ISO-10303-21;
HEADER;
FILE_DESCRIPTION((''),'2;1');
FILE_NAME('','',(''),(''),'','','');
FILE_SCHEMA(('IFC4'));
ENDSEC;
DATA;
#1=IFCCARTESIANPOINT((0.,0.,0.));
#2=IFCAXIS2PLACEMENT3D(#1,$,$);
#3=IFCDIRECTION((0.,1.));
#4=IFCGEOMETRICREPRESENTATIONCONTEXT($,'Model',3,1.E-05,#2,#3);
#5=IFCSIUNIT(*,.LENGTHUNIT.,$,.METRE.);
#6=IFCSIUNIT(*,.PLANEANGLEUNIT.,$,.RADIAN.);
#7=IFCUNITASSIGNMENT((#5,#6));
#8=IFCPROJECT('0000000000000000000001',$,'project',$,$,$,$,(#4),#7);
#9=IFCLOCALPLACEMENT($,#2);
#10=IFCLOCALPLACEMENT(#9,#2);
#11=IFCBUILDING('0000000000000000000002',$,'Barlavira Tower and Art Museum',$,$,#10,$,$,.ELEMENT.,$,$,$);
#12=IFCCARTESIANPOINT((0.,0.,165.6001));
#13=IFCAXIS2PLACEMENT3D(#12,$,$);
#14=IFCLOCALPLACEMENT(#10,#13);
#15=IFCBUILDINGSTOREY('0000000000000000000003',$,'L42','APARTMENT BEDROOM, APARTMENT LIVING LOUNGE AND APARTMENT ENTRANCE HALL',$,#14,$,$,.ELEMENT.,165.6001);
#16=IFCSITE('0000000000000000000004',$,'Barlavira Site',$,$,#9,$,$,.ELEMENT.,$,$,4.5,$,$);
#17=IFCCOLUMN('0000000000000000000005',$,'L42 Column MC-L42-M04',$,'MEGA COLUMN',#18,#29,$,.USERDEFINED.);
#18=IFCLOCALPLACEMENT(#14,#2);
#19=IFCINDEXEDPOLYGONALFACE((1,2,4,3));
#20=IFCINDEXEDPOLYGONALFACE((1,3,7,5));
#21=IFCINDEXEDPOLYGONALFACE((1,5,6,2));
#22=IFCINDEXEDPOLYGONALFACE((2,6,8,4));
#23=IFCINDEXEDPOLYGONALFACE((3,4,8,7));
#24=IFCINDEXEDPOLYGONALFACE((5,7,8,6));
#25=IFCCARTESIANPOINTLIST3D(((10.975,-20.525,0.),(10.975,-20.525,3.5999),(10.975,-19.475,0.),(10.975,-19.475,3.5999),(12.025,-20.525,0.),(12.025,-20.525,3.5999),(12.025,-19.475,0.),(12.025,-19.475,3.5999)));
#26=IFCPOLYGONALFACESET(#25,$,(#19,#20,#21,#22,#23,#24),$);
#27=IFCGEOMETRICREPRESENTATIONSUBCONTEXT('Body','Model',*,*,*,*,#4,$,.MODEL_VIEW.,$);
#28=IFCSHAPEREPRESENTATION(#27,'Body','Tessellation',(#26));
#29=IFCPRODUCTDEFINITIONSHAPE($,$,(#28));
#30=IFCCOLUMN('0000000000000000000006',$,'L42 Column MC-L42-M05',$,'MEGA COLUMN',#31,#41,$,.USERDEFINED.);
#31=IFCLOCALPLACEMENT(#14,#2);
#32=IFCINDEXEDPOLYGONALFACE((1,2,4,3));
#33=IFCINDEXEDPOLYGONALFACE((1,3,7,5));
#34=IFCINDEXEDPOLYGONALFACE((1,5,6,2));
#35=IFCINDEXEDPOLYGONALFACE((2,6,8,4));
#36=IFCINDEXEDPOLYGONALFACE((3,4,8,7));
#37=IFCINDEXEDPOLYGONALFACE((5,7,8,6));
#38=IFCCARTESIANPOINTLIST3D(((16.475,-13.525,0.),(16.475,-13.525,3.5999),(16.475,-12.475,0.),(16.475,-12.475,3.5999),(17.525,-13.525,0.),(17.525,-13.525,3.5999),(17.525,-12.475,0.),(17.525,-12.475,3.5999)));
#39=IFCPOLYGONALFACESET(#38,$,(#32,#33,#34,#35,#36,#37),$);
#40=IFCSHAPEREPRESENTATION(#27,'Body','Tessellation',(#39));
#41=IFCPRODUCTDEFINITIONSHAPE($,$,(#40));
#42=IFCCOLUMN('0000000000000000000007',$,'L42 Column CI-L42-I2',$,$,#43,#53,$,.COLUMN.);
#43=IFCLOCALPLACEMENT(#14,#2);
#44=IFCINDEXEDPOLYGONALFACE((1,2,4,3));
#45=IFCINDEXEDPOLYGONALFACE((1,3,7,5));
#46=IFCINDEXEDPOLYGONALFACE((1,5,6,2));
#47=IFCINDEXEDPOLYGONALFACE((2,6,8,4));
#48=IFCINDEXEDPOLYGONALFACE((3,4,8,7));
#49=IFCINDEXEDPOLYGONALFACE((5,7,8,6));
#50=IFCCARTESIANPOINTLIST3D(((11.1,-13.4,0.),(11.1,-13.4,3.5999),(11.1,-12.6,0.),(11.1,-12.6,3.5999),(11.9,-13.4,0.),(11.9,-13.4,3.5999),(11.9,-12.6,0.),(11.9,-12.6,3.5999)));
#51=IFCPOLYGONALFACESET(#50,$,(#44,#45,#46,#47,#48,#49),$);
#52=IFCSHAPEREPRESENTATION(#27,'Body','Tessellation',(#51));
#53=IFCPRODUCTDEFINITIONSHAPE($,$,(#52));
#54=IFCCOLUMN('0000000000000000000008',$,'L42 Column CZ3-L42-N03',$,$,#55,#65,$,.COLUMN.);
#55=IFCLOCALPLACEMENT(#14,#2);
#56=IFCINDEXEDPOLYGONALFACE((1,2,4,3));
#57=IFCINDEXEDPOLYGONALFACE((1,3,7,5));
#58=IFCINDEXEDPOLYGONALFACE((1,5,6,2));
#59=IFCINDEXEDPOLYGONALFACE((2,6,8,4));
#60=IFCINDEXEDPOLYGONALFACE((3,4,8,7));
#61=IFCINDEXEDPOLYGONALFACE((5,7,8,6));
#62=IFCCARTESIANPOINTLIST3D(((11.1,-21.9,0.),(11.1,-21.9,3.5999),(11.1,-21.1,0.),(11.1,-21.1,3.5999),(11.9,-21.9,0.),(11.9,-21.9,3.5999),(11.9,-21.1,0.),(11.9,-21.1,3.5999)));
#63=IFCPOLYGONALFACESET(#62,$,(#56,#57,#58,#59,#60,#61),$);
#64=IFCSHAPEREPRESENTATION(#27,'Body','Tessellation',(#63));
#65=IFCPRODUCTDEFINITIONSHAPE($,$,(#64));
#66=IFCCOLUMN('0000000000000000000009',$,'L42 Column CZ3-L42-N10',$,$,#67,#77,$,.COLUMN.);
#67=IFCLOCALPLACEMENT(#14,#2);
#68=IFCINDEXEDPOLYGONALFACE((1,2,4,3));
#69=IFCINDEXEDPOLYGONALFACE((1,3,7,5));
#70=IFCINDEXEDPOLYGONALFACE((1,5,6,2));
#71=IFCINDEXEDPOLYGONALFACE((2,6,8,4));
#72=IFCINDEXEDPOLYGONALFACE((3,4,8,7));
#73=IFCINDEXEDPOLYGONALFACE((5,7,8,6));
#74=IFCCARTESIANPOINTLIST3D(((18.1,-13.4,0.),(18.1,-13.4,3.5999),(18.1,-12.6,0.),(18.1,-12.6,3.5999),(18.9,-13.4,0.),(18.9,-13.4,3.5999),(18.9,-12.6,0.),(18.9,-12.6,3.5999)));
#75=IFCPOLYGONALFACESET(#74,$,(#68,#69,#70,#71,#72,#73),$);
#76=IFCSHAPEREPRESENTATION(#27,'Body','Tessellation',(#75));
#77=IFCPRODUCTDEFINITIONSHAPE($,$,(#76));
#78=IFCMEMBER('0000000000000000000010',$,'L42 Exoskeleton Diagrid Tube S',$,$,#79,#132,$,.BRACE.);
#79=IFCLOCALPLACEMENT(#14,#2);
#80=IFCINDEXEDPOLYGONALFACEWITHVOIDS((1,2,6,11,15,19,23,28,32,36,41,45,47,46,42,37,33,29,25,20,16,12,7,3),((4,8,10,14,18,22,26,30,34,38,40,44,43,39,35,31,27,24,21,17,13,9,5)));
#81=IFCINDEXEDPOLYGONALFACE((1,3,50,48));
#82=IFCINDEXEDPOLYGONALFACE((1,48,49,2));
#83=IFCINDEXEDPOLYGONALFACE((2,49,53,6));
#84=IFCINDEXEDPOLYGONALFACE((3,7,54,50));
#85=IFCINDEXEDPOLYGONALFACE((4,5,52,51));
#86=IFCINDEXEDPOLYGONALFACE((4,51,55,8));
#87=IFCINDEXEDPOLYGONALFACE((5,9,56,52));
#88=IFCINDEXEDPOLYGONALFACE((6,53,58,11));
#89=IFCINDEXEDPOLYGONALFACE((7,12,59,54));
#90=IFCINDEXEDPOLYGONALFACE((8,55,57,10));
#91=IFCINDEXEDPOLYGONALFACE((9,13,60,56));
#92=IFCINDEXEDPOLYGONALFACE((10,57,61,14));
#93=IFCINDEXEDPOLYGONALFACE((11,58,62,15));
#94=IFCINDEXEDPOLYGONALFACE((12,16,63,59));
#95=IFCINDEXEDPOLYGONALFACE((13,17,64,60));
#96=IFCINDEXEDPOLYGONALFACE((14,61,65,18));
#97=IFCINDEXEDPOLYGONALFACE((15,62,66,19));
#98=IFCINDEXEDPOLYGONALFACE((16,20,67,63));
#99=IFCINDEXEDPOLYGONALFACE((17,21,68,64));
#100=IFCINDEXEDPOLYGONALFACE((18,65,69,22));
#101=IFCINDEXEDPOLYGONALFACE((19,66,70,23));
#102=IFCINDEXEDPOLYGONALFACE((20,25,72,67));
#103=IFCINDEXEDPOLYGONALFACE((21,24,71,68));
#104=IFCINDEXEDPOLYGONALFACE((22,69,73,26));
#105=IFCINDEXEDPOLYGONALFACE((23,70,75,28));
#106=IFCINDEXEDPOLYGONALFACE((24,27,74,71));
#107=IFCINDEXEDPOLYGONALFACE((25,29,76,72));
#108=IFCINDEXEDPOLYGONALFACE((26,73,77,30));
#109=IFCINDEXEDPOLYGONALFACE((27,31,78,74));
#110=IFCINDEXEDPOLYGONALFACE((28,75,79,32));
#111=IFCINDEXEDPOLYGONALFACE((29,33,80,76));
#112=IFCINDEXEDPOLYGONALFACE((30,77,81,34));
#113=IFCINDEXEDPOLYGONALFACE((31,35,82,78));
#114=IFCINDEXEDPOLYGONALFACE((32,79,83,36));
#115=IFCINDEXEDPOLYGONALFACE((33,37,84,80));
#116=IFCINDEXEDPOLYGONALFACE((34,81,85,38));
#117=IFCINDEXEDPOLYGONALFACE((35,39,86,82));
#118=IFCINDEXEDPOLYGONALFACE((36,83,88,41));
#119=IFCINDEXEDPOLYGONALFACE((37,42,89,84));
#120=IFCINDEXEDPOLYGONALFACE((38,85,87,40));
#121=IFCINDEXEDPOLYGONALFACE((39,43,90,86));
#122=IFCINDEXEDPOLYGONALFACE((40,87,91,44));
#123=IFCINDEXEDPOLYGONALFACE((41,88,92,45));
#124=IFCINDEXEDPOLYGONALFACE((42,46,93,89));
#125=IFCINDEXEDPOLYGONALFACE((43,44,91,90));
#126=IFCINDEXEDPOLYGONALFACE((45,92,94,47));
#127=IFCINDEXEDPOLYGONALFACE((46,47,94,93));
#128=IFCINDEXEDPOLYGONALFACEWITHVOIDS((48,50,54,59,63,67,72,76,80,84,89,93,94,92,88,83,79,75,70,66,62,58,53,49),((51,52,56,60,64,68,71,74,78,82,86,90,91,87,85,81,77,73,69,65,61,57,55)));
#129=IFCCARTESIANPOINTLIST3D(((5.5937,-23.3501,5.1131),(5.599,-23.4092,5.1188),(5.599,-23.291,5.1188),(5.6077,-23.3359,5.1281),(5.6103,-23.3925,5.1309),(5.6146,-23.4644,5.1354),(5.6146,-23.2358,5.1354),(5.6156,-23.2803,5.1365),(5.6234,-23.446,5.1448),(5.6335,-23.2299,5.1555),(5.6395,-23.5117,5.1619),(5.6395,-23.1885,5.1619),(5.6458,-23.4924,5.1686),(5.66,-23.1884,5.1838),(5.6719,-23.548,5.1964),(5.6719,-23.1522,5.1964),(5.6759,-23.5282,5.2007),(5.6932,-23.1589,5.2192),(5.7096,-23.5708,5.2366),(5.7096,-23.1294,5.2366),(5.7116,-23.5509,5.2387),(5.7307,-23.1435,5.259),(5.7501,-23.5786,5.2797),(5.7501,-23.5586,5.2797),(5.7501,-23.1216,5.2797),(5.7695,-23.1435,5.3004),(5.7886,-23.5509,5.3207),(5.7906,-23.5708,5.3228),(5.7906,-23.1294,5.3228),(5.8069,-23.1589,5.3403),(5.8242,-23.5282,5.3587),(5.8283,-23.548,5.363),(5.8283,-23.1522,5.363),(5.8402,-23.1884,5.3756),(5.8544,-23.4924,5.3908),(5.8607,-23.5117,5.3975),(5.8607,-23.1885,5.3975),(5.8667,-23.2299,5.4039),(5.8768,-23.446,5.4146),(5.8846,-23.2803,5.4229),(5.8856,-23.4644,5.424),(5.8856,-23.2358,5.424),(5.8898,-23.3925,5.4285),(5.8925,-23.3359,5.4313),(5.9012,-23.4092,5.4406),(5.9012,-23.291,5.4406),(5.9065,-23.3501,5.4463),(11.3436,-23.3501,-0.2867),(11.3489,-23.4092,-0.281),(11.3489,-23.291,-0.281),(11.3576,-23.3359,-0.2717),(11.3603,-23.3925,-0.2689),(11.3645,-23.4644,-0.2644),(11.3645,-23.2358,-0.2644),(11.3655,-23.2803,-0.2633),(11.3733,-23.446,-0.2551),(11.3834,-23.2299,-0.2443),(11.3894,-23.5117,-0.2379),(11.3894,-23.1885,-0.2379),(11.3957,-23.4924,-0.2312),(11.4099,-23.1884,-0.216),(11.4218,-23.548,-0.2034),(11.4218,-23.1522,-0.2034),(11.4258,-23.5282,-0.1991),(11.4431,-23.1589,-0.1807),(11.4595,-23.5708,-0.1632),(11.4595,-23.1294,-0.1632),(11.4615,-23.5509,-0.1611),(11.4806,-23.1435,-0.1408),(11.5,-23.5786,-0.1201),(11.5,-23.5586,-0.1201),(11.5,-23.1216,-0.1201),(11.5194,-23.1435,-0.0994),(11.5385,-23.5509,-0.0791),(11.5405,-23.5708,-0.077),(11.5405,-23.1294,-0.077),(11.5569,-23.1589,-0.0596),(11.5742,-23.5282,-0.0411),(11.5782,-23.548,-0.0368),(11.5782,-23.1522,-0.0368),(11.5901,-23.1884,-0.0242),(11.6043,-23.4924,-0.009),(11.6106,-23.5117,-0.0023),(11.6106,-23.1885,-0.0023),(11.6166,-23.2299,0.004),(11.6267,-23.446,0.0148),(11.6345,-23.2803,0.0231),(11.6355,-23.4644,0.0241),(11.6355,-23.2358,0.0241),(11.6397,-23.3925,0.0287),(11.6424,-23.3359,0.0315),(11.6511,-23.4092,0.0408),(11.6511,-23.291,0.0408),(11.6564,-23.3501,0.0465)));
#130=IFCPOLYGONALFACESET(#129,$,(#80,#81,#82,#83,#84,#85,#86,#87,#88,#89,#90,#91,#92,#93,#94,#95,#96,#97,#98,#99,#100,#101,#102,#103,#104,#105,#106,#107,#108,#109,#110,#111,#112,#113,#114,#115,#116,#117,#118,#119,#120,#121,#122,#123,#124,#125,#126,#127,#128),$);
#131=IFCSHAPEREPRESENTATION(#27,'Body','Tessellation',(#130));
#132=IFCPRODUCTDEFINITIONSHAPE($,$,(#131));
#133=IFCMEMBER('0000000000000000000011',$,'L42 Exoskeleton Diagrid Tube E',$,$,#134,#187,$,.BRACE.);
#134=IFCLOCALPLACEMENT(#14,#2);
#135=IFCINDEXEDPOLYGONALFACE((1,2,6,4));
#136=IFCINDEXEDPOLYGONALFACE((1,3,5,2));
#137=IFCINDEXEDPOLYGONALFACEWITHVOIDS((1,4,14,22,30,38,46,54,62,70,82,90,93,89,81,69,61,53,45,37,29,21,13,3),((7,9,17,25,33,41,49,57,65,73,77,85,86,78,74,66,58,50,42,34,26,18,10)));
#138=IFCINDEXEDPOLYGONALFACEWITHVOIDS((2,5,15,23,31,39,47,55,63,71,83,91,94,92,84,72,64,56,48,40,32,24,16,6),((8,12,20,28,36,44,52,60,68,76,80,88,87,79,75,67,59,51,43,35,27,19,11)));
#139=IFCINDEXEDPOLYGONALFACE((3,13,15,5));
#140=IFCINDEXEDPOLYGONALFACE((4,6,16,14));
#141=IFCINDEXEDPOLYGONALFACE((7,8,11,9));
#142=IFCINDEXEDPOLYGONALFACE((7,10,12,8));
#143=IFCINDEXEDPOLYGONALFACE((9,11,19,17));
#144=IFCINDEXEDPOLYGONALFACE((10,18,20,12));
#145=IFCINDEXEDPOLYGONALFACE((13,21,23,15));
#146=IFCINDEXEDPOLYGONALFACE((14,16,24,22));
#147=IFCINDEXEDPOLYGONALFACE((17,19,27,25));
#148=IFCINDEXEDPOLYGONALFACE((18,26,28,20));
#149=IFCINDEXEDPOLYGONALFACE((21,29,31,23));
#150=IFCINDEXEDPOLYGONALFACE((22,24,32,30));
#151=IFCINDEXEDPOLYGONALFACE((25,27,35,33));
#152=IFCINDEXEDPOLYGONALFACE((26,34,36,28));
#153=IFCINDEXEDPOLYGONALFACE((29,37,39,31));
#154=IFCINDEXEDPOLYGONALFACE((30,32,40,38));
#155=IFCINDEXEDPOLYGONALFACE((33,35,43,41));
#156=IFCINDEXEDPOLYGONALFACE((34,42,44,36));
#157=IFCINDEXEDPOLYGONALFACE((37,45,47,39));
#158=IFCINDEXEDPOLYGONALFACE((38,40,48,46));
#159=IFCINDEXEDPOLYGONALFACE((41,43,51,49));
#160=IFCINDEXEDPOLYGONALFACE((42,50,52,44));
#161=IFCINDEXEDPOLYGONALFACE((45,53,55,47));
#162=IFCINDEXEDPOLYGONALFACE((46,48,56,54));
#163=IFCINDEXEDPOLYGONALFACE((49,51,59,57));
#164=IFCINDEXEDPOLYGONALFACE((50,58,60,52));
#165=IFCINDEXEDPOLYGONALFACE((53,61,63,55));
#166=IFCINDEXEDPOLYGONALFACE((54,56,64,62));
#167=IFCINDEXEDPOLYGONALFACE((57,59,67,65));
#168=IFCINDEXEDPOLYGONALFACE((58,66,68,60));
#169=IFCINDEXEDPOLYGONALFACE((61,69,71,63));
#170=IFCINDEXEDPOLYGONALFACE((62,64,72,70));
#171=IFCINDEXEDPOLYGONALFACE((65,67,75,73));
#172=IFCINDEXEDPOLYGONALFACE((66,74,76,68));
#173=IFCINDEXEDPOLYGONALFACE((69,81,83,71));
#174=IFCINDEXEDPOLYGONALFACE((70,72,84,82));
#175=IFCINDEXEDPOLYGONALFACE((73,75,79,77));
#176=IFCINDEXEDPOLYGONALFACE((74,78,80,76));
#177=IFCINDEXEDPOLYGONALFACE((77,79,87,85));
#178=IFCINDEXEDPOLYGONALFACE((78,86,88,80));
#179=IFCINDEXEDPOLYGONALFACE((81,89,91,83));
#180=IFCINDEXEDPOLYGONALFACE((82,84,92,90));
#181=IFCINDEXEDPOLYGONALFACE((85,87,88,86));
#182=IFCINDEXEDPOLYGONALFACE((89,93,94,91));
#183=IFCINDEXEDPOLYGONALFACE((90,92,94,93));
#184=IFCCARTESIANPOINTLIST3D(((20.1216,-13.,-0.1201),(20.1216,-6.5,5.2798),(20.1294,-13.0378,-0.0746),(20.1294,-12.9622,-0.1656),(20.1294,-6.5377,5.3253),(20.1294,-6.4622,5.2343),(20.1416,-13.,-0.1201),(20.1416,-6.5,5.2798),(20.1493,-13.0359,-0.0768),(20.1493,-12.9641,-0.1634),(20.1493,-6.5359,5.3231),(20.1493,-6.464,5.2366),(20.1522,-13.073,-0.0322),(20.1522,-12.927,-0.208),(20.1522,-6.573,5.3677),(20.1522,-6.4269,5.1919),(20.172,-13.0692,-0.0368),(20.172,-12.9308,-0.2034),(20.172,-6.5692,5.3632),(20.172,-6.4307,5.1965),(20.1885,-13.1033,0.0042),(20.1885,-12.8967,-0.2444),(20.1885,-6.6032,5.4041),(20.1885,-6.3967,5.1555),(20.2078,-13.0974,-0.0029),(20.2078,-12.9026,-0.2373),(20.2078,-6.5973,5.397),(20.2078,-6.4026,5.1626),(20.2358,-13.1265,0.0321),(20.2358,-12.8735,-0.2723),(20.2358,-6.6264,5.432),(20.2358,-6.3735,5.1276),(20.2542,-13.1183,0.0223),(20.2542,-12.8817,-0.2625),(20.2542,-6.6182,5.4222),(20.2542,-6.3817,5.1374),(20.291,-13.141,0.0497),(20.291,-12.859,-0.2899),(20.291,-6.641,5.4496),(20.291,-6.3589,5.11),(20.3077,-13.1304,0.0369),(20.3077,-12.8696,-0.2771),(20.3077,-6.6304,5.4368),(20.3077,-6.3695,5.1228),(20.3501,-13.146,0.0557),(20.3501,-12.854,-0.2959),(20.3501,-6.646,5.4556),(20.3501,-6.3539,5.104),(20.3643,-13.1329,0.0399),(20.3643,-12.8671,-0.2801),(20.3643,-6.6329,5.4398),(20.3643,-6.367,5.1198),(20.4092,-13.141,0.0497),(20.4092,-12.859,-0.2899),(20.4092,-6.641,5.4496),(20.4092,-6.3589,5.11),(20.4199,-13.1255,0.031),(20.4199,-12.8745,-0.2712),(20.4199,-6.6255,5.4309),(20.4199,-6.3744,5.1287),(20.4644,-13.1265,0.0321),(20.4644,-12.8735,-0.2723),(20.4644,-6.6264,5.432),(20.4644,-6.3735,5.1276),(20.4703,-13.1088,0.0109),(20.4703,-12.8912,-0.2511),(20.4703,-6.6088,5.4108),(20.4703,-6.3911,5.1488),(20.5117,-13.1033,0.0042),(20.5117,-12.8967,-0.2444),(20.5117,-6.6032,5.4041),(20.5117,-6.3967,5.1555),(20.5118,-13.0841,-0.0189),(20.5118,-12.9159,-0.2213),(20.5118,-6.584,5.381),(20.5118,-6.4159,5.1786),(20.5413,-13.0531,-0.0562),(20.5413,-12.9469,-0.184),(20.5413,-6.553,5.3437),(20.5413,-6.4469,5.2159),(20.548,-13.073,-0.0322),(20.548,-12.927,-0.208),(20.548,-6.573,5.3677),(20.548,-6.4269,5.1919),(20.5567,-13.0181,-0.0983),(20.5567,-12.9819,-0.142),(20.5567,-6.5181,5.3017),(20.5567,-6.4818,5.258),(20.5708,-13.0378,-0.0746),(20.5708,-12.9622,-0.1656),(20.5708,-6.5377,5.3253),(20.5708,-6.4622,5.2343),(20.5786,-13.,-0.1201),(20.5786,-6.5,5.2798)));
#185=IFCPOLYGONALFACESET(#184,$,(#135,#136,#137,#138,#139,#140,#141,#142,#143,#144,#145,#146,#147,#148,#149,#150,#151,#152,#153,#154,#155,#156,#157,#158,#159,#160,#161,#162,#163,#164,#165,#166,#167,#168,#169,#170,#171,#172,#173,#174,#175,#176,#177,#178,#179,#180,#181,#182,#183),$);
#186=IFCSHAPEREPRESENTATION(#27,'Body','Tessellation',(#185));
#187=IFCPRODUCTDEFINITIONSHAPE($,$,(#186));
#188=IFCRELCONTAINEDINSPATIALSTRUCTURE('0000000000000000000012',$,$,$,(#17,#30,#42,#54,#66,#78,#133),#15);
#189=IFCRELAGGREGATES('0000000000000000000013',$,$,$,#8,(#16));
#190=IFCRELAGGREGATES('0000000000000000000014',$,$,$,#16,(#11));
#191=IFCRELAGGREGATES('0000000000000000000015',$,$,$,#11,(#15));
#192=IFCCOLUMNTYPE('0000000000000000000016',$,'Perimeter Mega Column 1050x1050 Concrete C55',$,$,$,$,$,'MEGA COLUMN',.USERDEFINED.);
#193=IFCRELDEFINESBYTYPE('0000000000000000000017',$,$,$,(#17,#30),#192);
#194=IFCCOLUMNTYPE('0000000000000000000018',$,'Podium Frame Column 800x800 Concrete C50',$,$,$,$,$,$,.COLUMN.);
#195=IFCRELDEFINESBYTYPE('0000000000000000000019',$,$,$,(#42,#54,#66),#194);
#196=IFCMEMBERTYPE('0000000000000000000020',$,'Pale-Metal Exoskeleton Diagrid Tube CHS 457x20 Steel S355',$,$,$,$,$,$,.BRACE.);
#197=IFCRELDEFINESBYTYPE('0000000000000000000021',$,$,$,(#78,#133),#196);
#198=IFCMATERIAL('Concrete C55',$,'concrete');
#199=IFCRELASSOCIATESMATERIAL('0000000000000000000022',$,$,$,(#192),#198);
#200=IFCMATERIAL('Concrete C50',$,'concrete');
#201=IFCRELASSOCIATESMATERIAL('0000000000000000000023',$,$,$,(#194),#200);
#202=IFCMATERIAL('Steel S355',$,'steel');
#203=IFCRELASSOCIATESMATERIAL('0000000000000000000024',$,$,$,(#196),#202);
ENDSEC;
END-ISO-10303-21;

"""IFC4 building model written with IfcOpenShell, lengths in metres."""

from ifc_helpers import new_model, si_unit, direction, frame, origin, origin_2d, place, context, subcontext, project, spatial, rectangle, hollow_circle, extrude, material, material_profile, profile_set, type_object, element, save


model = new_model("IFC4")

# Units and contexts
model_context = context("Model", 3, precision=1e-05, world=origin(), true_north=direction((0.0, 1.0)))
body_context = subcontext(model_context, "Body", "Model", "MODEL_VIEW")
ifc_project = project(units=[si_unit("LENGTHUNIT", "METRE"), si_unit("PLANEANGLEUNIT", "RADIAN")], contexts=[model_context])

# Site, building, storey
site_placement = place(None, origin())
site = spatial("IfcSite", under=ifc_project, at=site_placement, Name="Barlavira Site", CompositionType="ELEMENT", RefElevation=4.5)
building_placement = place(site_placement, origin())
building = spatial("IfcBuilding", under=site, at=building_placement, Name="Barlavira Tower and Art Museum", CompositionType="ELEMENT")
storey_placement = place(building_placement, frame((0.0, 0.0, 165.6001)))
storey = spatial("IfcBuildingStorey", under=building, at=storey_placement, Name="L42", Description="APARTMENT BEDROOM, APARTMENT LIVING LOUNGE AND APARTMENT ENTRANCE HALL", CompositionType="ELEMENT", Elevation=165.6001)

# Columns
ifc_material_1 = material(Name="Concrete C55", Category="concrete")
ifc_material_profile_1 = material_profile(ifc_material_1, rectangle(XDim=1.05, YDim=1.05, at=origin_2d()), Name="RC-COL 1050x1050")
ifc_profile_set_1 = profile_set([ifc_material_profile_1], Name="Concrete C55")
column_type_1 = type_object("IfcColumnType", Name="Perimeter Mega Column 1050x1050 Concrete C55", ElementType="MEGA COLUMN", PredefinedType="USERDEFINED", material=ifc_profile_set_1)
for number, where, z_axis, x_axis, name in (
    (1, (11.5, -20.0, 0.0), (0.0, 0.0, 1.0), (1.0, 0.0, 0.0), "L42 Column MC-L42-M04"),
    (2, (17.0, -13.0, 0.0), (0.0, 0.0, 1.0), (1.0, 0.0, 0.0), "L42 Column MC-L42-M05"),
):
    element("IfcColumn", number, at=place(storey_placement, frame(where, z_axis=z_axis, x_axis=x_axis)), inside=storey, type_object=column_type_1, Name=name, ObjectType="MEGA COLUMN", PredefinedType="USERDEFINED", context=body_context, shape_type="SweptSolid", body=[
        extrude(rectangle(XDim=1.05, YDim=1.05, at=origin_2d()), origin(), (0.0, 0.0, 1.0), 3.5999),
    ])
ifc_material_2 = material(Name="Concrete C50", Category="concrete")
ifc_material_profile_2 = material_profile(ifc_material_2, rectangle(XDim=0.8, YDim=0.8, at=origin_2d()), Name="RC-COL 800x800")
ifc_profile_set_2 = profile_set([ifc_material_profile_2], Name="Concrete C50")
column_type_2 = type_object("IfcColumnType", Name="Podium Frame Column 800x800 Concrete C50", PredefinedType="COLUMN", material=ifc_profile_set_2)
for number, where, z_axis, x_axis, name in (
    (3, (11.5, -13.0, 0.0), (0.0, 0.0, 1.0), (1.0, 0.0, 0.0), "L42 Column CI-L42-I2"),
    (4, (11.5, -21.5, 0.0), (0.0, 0.0, 1.0), (1.0, 0.0, 0.0), "L42 Column CZ3-L42-N03"),
    (5, (18.5, -13.0, 0.0), (0.0, 0.0, 1.0), (1.0, 0.0, 0.0), "L42 Column CZ3-L42-N10"),
):
    element("IfcColumn", number, at=place(storey_placement, frame(where, z_axis=z_axis, x_axis=x_axis)), inside=storey, type_object=column_type_2, Name=name, PredefinedType="COLUMN", context=body_context, shape_type="SweptSolid", body=[
        extrude(rectangle(XDim=0.8, YDim=0.8, at=origin_2d()), origin(), (0.0, 0.0, 1.0), 3.5999),
    ])

# Members
ifc_material_3 = material(Name="Steel S355", Category="steel")
ifc_material_profile_3 = material_profile(ifc_material_3, hollow_circle(Radius=0.2285, WallThickness=0.02, at=origin_2d()), Name="CHS 457.0x20.0")
ifc_profile_set_3 = profile_set([ifc_material_profile_3], Name="Steel S355")
member_type_1 = type_object("IfcMemberType", Name="Pale-Metal Exoskeleton Diagrid Tube CHS 457x20 Steel S355", PredefinedType="BRACE", material=ifc_profile_set_3)
member_1_placement = place(storey_placement, frame((11.5, -23.3501, -0.1201), z_axis=(-0.72895, 0.0, 0.684567), x_axis=(0.0, -1.0, 0.0)))
element("IfcMember", 6, at=member_1_placement, inside=storey, type_object=member_type_1, Name="L42 Exoskeleton Diagrid Tube S", PredefinedType="BRACE", context=body_context, shape_type="SweptSolid", body=[
    extrude(hollow_circle(Radius=0.2285, WallThickness=0.02, at=origin_2d()), origin(), (0.0, 0.0, 1.0), 7.8879),
])
member_2_placement = place(storey_placement, frame((20.3501, -13.0, -0.1201), z_axis=(0.0, 0.769196, 0.639013), x_axis=(-1.0, 0.0, 0.0)))
element("IfcMember", 7, at=member_2_placement, inside=storey, type_object=member_type_1, Name="L42 Exoskeleton Diagrid Tube E", PredefinedType="BRACE", context=body_context, shape_type="SweptSolid", body=[
    extrude(hollow_circle(Radius=0.2285, WallThickness=0.02, at=origin_2d()), origin(), (0.0, 0.0, 1.0), 8.4504),
])

save(model, "model.ifc")
